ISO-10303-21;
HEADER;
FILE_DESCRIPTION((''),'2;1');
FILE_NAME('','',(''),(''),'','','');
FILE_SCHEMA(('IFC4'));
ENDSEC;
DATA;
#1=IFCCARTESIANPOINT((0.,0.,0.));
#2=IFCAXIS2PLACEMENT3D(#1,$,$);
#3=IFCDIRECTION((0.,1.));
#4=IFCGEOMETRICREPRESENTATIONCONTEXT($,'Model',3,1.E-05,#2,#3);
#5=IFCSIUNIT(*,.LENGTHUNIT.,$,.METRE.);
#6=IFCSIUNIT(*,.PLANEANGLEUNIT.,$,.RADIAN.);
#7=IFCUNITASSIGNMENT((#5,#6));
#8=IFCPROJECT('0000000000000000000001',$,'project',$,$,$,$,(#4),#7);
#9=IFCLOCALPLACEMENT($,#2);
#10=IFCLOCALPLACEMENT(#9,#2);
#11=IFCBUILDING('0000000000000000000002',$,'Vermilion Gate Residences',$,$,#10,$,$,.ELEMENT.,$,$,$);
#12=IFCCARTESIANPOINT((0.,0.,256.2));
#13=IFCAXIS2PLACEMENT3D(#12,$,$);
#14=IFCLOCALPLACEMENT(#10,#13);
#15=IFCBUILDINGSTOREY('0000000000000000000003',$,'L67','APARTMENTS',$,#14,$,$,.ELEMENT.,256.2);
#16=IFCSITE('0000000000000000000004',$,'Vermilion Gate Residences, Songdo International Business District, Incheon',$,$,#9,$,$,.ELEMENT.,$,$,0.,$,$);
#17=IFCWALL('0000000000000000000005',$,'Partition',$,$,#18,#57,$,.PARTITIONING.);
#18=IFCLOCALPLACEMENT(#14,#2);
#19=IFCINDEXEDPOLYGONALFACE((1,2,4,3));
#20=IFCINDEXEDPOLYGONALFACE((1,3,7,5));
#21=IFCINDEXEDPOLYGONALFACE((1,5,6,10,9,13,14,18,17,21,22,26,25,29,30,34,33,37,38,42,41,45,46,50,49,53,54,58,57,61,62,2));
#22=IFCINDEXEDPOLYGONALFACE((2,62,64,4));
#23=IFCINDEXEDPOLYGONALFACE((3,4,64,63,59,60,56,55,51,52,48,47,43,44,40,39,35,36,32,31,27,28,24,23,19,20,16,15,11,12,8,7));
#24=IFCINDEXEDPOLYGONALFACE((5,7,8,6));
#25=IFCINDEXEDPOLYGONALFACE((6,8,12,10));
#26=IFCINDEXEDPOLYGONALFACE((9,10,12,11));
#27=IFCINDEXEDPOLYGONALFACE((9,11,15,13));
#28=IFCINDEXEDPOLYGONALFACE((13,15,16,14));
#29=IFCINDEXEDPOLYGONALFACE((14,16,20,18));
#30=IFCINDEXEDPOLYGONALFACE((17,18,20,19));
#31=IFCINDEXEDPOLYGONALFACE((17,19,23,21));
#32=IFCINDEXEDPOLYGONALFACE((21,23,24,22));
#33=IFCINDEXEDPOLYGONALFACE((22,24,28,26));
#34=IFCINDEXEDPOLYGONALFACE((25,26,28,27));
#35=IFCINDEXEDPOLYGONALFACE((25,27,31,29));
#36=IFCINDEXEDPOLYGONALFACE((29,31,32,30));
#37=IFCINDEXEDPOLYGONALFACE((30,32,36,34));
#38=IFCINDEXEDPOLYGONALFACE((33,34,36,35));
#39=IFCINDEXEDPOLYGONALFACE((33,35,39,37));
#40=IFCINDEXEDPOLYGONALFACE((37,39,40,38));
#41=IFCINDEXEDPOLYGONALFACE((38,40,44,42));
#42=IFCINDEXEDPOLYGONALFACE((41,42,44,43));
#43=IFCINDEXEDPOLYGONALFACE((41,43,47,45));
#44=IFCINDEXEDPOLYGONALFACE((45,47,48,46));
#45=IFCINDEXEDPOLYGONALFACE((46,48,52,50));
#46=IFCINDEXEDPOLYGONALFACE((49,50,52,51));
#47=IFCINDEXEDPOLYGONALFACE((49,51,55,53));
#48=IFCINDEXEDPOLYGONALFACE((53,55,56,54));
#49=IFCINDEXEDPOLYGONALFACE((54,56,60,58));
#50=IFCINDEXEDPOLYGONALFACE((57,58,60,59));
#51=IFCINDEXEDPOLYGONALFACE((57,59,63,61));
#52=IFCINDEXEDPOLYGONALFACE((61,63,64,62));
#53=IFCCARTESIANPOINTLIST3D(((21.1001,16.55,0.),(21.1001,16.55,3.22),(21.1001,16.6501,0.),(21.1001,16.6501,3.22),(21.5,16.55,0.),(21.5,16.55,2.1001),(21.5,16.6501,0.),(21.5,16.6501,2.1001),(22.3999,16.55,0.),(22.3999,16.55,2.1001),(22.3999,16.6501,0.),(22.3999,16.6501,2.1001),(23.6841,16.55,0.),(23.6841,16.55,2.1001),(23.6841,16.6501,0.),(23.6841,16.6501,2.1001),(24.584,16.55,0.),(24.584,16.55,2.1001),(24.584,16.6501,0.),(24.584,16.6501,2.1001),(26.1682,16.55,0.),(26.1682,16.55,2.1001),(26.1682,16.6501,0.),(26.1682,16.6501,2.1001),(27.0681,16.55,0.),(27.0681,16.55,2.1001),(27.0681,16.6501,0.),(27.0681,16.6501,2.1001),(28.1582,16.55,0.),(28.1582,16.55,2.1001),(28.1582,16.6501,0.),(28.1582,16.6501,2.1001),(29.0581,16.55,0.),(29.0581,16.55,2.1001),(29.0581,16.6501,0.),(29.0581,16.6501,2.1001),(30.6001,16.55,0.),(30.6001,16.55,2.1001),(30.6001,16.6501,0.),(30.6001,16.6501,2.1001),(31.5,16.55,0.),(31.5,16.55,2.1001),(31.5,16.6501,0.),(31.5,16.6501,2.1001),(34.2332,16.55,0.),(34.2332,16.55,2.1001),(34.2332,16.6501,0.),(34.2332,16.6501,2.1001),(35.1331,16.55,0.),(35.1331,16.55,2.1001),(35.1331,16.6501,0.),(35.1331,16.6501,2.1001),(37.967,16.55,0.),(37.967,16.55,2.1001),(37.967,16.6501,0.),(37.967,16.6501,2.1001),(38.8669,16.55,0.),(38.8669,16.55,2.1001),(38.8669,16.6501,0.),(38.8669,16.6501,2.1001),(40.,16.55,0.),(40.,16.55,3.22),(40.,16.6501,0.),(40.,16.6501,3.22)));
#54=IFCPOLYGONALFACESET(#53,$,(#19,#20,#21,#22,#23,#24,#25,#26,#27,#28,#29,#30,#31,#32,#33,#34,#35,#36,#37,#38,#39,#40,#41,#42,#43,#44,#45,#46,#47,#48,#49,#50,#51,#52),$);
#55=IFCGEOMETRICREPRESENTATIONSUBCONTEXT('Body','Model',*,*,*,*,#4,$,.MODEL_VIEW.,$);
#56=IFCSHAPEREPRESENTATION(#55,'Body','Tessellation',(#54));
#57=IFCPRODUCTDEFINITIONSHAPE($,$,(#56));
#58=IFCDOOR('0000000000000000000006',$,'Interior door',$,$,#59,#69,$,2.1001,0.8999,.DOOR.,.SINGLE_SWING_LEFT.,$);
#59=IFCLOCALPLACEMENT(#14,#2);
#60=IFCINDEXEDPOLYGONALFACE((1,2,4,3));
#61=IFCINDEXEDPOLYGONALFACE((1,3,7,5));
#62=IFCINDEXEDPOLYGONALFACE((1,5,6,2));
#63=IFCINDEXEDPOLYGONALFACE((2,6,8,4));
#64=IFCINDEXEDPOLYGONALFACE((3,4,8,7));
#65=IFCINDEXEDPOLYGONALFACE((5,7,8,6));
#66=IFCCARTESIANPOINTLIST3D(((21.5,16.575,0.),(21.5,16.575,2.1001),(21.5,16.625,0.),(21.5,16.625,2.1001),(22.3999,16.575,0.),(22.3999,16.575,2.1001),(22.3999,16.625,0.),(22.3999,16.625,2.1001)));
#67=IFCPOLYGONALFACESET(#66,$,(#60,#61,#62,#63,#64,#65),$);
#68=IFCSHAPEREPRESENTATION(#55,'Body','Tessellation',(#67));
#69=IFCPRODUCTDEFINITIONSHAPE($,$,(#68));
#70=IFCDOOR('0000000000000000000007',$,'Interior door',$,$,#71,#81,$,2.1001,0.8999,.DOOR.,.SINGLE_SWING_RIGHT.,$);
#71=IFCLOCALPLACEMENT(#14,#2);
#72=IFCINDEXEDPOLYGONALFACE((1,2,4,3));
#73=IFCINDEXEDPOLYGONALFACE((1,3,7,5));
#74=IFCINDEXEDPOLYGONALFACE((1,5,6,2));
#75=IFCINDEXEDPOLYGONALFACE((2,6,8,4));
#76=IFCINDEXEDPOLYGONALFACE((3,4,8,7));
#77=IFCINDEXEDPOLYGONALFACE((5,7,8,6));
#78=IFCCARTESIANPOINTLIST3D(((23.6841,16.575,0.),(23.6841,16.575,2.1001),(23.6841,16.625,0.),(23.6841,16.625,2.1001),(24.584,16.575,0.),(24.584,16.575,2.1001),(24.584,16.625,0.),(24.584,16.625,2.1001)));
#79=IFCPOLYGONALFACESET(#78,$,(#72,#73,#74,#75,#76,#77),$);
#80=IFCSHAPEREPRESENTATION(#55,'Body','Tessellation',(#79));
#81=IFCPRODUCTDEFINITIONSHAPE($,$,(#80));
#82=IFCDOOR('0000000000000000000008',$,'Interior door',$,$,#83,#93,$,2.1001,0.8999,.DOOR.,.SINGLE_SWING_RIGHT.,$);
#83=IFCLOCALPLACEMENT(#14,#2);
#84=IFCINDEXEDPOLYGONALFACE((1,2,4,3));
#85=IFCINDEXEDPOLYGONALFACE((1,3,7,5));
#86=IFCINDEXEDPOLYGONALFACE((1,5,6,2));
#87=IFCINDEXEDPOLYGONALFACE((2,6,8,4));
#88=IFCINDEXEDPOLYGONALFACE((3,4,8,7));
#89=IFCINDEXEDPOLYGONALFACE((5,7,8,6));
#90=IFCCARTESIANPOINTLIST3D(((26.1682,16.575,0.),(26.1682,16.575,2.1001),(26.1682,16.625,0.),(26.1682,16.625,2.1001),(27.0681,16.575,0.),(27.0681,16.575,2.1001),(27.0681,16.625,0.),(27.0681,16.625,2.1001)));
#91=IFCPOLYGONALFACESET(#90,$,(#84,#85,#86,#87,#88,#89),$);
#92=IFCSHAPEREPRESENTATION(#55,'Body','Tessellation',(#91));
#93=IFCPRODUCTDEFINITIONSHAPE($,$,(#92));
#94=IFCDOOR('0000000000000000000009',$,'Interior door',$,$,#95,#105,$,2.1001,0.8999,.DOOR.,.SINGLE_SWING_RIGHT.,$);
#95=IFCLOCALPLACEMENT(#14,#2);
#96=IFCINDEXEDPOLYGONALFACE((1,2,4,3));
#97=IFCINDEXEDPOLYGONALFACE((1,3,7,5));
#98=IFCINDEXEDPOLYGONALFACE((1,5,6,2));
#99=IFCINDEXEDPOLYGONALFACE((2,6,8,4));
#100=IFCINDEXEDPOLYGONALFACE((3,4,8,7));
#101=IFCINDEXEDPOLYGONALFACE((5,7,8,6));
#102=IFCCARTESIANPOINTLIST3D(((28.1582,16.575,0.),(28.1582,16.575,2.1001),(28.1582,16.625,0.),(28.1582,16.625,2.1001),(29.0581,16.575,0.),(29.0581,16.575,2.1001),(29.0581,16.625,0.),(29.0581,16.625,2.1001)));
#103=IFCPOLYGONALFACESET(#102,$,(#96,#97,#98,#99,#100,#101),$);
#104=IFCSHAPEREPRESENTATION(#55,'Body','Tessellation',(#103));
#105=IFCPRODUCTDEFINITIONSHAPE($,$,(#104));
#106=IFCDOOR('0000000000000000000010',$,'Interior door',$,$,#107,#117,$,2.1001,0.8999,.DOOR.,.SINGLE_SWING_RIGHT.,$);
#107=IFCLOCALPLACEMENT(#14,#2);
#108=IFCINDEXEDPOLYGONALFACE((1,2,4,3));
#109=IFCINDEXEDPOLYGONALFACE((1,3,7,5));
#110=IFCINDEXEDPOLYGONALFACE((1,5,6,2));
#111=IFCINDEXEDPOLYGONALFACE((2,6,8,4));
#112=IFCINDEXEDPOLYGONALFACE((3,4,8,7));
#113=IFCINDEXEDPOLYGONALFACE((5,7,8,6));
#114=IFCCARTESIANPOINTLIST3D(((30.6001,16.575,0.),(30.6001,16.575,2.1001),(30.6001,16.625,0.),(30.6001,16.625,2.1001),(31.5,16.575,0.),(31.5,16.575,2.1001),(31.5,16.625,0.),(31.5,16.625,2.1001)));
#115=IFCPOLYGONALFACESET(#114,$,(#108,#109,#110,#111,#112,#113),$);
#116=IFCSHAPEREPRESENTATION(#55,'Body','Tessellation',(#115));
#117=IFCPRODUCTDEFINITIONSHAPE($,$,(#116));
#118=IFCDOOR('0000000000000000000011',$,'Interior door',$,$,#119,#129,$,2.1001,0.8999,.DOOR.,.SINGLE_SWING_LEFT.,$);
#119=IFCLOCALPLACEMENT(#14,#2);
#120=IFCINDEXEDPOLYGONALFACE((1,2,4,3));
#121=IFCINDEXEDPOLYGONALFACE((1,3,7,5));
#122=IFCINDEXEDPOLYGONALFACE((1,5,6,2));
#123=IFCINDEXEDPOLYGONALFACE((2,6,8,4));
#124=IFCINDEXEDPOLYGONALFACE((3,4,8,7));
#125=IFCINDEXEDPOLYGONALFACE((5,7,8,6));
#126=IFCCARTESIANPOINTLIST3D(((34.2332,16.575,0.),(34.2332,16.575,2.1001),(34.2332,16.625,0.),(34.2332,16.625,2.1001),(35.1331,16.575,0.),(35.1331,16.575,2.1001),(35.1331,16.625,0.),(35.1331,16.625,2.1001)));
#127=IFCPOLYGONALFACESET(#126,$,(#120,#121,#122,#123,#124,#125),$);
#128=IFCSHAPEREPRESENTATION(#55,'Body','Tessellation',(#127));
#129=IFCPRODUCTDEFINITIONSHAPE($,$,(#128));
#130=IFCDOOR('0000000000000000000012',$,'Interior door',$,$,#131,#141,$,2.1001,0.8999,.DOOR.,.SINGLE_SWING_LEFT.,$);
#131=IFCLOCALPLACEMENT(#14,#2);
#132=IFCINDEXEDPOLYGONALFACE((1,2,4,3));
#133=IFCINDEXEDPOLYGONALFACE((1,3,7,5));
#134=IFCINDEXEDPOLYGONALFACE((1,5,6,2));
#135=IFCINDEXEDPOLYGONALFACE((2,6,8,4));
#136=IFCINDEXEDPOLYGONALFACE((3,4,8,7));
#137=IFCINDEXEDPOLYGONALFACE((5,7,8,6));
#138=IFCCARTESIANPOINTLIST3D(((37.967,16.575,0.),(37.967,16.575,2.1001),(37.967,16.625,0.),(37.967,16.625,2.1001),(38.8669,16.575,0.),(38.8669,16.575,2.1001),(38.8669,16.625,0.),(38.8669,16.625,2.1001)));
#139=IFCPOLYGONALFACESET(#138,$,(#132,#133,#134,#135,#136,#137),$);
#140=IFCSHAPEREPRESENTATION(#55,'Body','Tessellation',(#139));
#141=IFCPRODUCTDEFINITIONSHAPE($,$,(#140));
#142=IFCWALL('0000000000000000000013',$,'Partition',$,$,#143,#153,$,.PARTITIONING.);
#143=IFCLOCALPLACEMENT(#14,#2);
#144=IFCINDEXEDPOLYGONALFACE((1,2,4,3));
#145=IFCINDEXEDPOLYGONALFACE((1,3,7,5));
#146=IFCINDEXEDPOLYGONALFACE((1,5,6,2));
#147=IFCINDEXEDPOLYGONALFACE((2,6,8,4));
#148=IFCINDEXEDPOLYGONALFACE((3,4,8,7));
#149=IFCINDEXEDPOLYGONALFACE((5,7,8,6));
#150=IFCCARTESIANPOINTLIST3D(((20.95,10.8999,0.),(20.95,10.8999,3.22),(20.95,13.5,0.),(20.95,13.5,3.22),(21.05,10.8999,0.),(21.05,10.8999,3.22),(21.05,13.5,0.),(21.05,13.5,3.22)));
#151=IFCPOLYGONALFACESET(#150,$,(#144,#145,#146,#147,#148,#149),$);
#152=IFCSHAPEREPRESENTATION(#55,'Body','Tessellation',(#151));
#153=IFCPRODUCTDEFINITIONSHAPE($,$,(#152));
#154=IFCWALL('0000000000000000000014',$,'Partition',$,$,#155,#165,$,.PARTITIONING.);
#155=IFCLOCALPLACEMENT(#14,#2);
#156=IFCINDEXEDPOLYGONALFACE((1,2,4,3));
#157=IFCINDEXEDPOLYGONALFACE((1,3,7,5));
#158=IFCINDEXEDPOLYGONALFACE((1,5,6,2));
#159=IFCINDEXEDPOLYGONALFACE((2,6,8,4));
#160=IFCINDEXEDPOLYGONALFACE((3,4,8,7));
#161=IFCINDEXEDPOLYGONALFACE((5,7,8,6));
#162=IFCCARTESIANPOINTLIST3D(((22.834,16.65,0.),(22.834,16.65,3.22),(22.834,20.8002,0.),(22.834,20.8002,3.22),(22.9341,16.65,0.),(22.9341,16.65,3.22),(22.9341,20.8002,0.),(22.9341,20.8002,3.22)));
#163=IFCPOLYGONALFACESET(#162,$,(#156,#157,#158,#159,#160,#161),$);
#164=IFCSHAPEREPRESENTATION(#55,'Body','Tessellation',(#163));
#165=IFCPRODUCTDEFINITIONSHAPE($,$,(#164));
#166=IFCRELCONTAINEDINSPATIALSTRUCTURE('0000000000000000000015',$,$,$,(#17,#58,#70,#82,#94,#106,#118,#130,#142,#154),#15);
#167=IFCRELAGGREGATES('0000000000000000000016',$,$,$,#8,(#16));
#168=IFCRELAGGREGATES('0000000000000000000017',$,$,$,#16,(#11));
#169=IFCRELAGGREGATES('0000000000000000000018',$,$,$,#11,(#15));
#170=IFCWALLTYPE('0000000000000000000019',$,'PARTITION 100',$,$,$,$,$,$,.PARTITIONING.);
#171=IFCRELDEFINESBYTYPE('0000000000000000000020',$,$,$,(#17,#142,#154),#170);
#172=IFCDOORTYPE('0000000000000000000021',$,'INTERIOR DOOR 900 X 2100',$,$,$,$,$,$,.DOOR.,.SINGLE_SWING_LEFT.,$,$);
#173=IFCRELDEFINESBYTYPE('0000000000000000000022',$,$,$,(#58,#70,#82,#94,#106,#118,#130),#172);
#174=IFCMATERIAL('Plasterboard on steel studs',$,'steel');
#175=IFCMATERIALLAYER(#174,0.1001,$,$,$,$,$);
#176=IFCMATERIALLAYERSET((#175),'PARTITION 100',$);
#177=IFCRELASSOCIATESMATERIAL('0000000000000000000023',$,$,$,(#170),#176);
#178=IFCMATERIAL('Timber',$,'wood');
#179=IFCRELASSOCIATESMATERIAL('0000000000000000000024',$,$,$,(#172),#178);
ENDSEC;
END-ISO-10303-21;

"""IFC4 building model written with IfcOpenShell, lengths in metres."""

from ifc_helpers import new_model, si_unit, direction, frame, frame_2d, origin, place, context, subcontext, project, spatial, rectangle, extrude, material, layer, layer_set, type_object, element, fill, save


model = new_model("IFC4")

# Units and contexts
model_context = context("Model", 3, precision=1e-05, world=origin(), true_north=direction((0.0, 1.0)))
body_context = subcontext(model_context, "Body", "Model", "MODEL_VIEW")
ifc_project = project(units=[si_unit("LENGTHUNIT", "METRE"), si_unit("PLANEANGLEUNIT", "RADIAN")], contexts=[model_context])

# Site, building, storey
site_placement = place(None, origin())
site = spatial("IfcSite", under=ifc_project, at=site_placement, Name="Vermilion Gate Residences, Songdo International Business District, Incheon", CompositionType="ELEMENT", RefElevation=0.0)
building_placement = place(site_placement, origin())
building = spatial("IfcBuilding", under=site, at=building_placement, Name="Vermilion Gate Residences", CompositionType="ELEMENT")
storey_placement = place(building_placement, frame((0.0, 0.0, 256.2)))
storey = spatial("IfcBuildingStorey", under=building, at=storey_placement, Name="L67", Description="APARTMENTS", CompositionType="ELEMENT", Elevation=256.2)

# Wall, openings, doors
ifc_material_1 = material(Name="Plasterboard on steel studs", Category="steel")
ifc_layer_1 = layer(ifc_material_1, 0.1001)
ifc_layer_set_1 = layer_set([ifc_layer_1], Name="PARTITION 100")
wall_type_1 = type_object("IfcWallType", Name="PARTITION 100", PredefinedType="PARTITIONING", material=ifc_layer_set_1)
ifc_material_2 = material(Name="Timber", Category="wood")
door_type_1 = type_object("IfcDoorType", Name="INTERIOR DOOR 900 X 2100", OperationType="SINGLE_SWING_LEFT", PredefinedType="DOOR", material=ifc_material_2)
wall_1_placement = place(storey_placement, frame((21.1001, 16.6001, 0.0), z_axis=(0.0, 0.0, 1.0), x_axis=(1.0, 0.0, 0.0)))
wall_1 = element("IfcWall", 1, at=wall_1_placement, inside=storey, type_object=wall_type_1, Name="Partition", PredefinedType="PARTITIONING", context=body_context, shape_type="SweptSolid", body=[
    extrude(rectangle(XDim=18.8999, YDim=0.1001, at=frame_2d((9.45, 0.0))), origin(), (0.0, 0.0, 1.0), 3.22),
])
opening_1_placement = place(wall_1_placement, frame((0.3999, 0.0, 0.0)))
opening_1 = element("IfcOpeningElement", 2, at=opening_1_placement, cuts=wall_1, PredefinedType="OPENING", context=body_context, shape_type="SweptSolid", body=[
    extrude(rectangle(XDim=0.8999, YDim=2.1001, at=frame_2d((0.45, 1.05))), frame((0.0, 0.0601, 0.0), z_axis=(0.0, -1.0, 0.0), x_axis=(1.0, 0.0, 0.0)), (0.0, 0.0, 1.0), 0.1201),
])
opening_2_placement = place(wall_1_placement, frame((2.584, 0.0, 0.0)))
opening_2 = element("IfcOpeningElement", 3, at=opening_2_placement, cuts=wall_1, PredefinedType="OPENING", context=body_context, shape_type="SweptSolid", body=[
    extrude(rectangle(XDim=0.8999, YDim=2.1001, at=frame_2d((0.45, 1.05))), frame((0.0, 0.0601, 0.0), z_axis=(0.0, -1.0, 0.0), x_axis=(1.0, 0.0, 0.0)), (0.0, 0.0, 1.0), 0.1201),
])
opening_3_placement = place(wall_1_placement, frame((5.0681, 0.0, 0.0)))
opening_3 = element("IfcOpeningElement", 4, at=opening_3_placement, cuts=wall_1, PredefinedType="OPENING", context=body_context, shape_type="SweptSolid", body=[
    extrude(rectangle(XDim=0.8999, YDim=2.1001, at=frame_2d((0.45, 1.05))), frame((0.0, 0.0601, 0.0), z_axis=(0.0, -1.0, 0.0), x_axis=(1.0, 0.0, 0.0)), (0.0, 0.0, 1.0), 0.1201),
])
opening_4_placement = place(wall_1_placement, frame((7.0581, 0.0, 0.0)))
opening_4 = element("IfcOpeningElement", 5, at=opening_4_placement, cuts=wall_1, PredefinedType="OPENING", context=body_context, shape_type="SweptSolid", body=[
    extrude(rectangle(XDim=0.8999, YDim=2.1001, at=frame_2d((0.45, 1.05))), frame((0.0, 0.0601, 0.0), z_axis=(0.0, -1.0, 0.0), x_axis=(1.0, 0.0, 0.0)), (0.0, 0.0, 1.0), 0.1201),
])
opening_5_placement = place(wall_1_placement, frame((9.5, 0.0, 0.0)))
opening_5 = element("IfcOpeningElement", 6, at=opening_5_placement, cuts=wall_1, PredefinedType="OPENING", context=body_context, shape_type="SweptSolid", body=[
    extrude(rectangle(XDim=0.8999, YDim=2.1001, at=frame_2d((0.45, 1.05))), frame((0.0, 0.0601, 0.0), z_axis=(0.0, -1.0, 0.0), x_axis=(1.0, 0.0, 0.0)), (0.0, 0.0, 1.0), 0.1201),
])
opening_6_placement = place(wall_1_placement, frame((13.1331, 0.0, 0.0)))
opening_6 = element("IfcOpeningElement", 7, at=opening_6_placement, cuts=wall_1, PredefinedType="OPENING", context=body_context, shape_type="SweptSolid", body=[
    extrude(rectangle(XDim=0.8999, YDim=2.1001, at=frame_2d((0.45, 1.05))), frame((0.0, 0.0601, 0.0), z_axis=(0.0, -1.0, 0.0), x_axis=(1.0, 0.0, 0.0)), (0.0, 0.0, 1.0), 0.1201),
])
opening_7_placement = place(wall_1_placement, frame((16.8669, 0.0, 0.0)))
opening_7 = element("IfcOpeningElement", 8, at=opening_7_placement, cuts=wall_1, PredefinedType="OPENING", context=body_context, shape_type="SweptSolid", body=[
    extrude(rectangle(XDim=0.8999, YDim=2.1001, at=frame_2d((0.45, 1.05))), frame((0.0, 0.0601, 0.0), z_axis=(0.0, -1.0, 0.0), x_axis=(1.0, 0.0, 0.0)), (0.0, 0.0, 1.0), 0.1201),
])
door_1_placement = place(opening_1_placement, origin())
door_1 = element("IfcDoor", 9, at=door_1_placement, inside=storey, type_object=door_type_1, Name="Interior door", OperationType="SINGLE_SWING_LEFT", OverallHeight=2.1001, OverallWidth=0.8999, PredefinedType="DOOR", context=body_context, shape_type="SweptSolid", body=[
    extrude(rectangle(XDim=0.8999, YDim=2.1001, at=frame_2d((0.45, 1.05))), frame((0.0, 0.0249, 0.0), z_axis=(0.0, -1.0, 0.0), x_axis=(1.0, 0.0, 0.0)), (0.0, 0.0, 1.0), 0.05),
])
fill(opening_1, door_1)
door_2_placement = place(opening_2_placement, origin())
door_2 = element("IfcDoor", 10, at=door_2_placement, inside=storey, type_object=door_type_1, Name="Interior door", OperationType="SINGLE_SWING_RIGHT", OverallHeight=2.1001, OverallWidth=0.8999, PredefinedType="DOOR", context=body_context, shape_type="SweptSolid", body=[
    extrude(rectangle(XDim=0.8999, YDim=2.1001, at=frame_2d((0.45, 1.05))), frame((0.0, 0.0249, 0.0), z_axis=(0.0, -1.0, 0.0), x_axis=(1.0, 0.0, 0.0)), (0.0, 0.0, 1.0), 0.05),
])
fill(opening_2, door_2)
door_3_placement = place(opening_3_placement, origin())
door_3 = element("IfcDoor", 11, at=door_3_placement, inside=storey, type_object=door_type_1, Name="Interior door", OperationType="SINGLE_SWING_RIGHT", OverallHeight=2.1001, OverallWidth=0.8999, PredefinedType="DOOR", context=body_context, shape_type="SweptSolid", body=[
    extrude(rectangle(XDim=0.8999, YDim=2.1001, at=frame_2d((0.45, 1.05))), frame((0.0, 0.0249, 0.0), z_axis=(0.0, -1.0, 0.0), x_axis=(1.0, 0.0, 0.0)), (0.0, 0.0, 1.0), 0.05),
])
fill(opening_3, door_3)
door_4_placement = place(opening_4_placement, origin())
door_4 = element("IfcDoor", 12, at=door_4_placement, inside=storey, type_object=door_type_1, Name="Interior door", OperationType="SINGLE_SWING_RIGHT", OverallHeight=2.1001, OverallWidth=0.8999, PredefinedType="DOOR", context=body_context, shape_type="SweptSolid", body=[
    extrude(rectangle(XDim=0.8999, YDim=2.1001, at=frame_2d((0.45, 1.05))), frame((0.0, 0.0249, 0.0), z_axis=(0.0, -1.0, 0.0), x_axis=(1.0, 0.0, 0.0)), (0.0, 0.0, 1.0), 0.05),
])
fill(opening_4, door_4)
door_5_placement = place(opening_5_placement, origin())
door_5 = element("IfcDoor", 13, at=door_5_placement, inside=storey, type_object=door_type_1, Name="Interior door", OperationType="SINGLE_SWING_RIGHT", OverallHeight=2.1001, OverallWidth=0.8999, PredefinedType="DOOR", context=body_context, shape_type="SweptSolid", body=[
    extrude(rectangle(XDim=0.8999, YDim=2.1001, at=frame_2d((0.45, 1.05))), frame((0.0, 0.0249, 0.0), z_axis=(0.0, -1.0, 0.0), x_axis=(1.0, 0.0, 0.0)), (0.0, 0.0, 1.0), 0.05),
])
fill(opening_5, door_5)
door_6_placement = place(opening_6_placement, origin())
door_6 = element("IfcDoor", 14, at=door_6_placement, inside=storey, type_object=door_type_1, Name="Interior door", OperationType="SINGLE_SWING_LEFT", OverallHeight=2.1001, OverallWidth=0.8999, PredefinedType="DOOR", context=body_context, shape_type="SweptSolid", body=[
    extrude(rectangle(XDim=0.8999, YDim=2.1001, at=frame_2d((0.45, 1.05))), frame((0.0, 0.0249, 0.0), z_axis=(0.0, -1.0, 0.0), x_axis=(1.0, 0.0, 0.0)), (0.0, 0.0, 1.0), 0.05),
])
fill(opening_6, door_6)
door_7_placement = place(opening_7_placement, origin())
door_7 = element("IfcDoor", 15, at=door_7_placement, inside=storey, type_object=door_type_1, Name="Interior door", OperationType="SINGLE_SWING_LEFT", OverallHeight=2.1001, OverallWidth=0.8999, PredefinedType="DOOR", context=body_context, shape_type="SweptSolid", body=[
    extrude(rectangle(XDim=0.8999, YDim=2.1001, at=frame_2d((0.45, 1.05))), frame((0.0, 0.0249, 0.0), z_axis=(0.0, -1.0, 0.0), x_axis=(1.0, 0.0, 0.0)), (0.0, 0.0, 1.0), 0.05),
])
fill(opening_7, door_7)

# Walls
wall_2_placement = place(storey_placement, frame((21.0, 10.8999, 0.0), z_axis=(0.0, 0.0, 1.0), x_axis=(0.0, 1.0, 0.0)))
element("IfcWall", 16, at=wall_2_placement, inside=storey, type_object=wall_type_1, Name="Partition", PredefinedType="PARTITIONING", context=body_context, shape_type="SweptSolid", body=[
    extrude(rectangle(XDim=2.6001, YDim=0.1001, at=frame_2d((1.3, 0.0))), origin(), (0.0, 0.0, 1.0), 3.22),
])
wall_3_placement = place(storey_placement, frame((22.884, 16.6499, 0.0), z_axis=(0.0, 0.0, 1.0), x_axis=(0.0, 1.0, 0.0)))
element("IfcWall", 17, at=wall_3_placement, inside=storey, type_object=wall_type_1, Name="Partition", PredefinedType="PARTITIONING", context=body_context, shape_type="SweptSolid", body=[
    extrude(rectangle(XDim=4.1501, YDim=0.1001, at=frame_2d((2.0752, 0.0))), origin(), (0.0, 0.0, 1.0), 3.22),
])

save(model, "model.ifc")
